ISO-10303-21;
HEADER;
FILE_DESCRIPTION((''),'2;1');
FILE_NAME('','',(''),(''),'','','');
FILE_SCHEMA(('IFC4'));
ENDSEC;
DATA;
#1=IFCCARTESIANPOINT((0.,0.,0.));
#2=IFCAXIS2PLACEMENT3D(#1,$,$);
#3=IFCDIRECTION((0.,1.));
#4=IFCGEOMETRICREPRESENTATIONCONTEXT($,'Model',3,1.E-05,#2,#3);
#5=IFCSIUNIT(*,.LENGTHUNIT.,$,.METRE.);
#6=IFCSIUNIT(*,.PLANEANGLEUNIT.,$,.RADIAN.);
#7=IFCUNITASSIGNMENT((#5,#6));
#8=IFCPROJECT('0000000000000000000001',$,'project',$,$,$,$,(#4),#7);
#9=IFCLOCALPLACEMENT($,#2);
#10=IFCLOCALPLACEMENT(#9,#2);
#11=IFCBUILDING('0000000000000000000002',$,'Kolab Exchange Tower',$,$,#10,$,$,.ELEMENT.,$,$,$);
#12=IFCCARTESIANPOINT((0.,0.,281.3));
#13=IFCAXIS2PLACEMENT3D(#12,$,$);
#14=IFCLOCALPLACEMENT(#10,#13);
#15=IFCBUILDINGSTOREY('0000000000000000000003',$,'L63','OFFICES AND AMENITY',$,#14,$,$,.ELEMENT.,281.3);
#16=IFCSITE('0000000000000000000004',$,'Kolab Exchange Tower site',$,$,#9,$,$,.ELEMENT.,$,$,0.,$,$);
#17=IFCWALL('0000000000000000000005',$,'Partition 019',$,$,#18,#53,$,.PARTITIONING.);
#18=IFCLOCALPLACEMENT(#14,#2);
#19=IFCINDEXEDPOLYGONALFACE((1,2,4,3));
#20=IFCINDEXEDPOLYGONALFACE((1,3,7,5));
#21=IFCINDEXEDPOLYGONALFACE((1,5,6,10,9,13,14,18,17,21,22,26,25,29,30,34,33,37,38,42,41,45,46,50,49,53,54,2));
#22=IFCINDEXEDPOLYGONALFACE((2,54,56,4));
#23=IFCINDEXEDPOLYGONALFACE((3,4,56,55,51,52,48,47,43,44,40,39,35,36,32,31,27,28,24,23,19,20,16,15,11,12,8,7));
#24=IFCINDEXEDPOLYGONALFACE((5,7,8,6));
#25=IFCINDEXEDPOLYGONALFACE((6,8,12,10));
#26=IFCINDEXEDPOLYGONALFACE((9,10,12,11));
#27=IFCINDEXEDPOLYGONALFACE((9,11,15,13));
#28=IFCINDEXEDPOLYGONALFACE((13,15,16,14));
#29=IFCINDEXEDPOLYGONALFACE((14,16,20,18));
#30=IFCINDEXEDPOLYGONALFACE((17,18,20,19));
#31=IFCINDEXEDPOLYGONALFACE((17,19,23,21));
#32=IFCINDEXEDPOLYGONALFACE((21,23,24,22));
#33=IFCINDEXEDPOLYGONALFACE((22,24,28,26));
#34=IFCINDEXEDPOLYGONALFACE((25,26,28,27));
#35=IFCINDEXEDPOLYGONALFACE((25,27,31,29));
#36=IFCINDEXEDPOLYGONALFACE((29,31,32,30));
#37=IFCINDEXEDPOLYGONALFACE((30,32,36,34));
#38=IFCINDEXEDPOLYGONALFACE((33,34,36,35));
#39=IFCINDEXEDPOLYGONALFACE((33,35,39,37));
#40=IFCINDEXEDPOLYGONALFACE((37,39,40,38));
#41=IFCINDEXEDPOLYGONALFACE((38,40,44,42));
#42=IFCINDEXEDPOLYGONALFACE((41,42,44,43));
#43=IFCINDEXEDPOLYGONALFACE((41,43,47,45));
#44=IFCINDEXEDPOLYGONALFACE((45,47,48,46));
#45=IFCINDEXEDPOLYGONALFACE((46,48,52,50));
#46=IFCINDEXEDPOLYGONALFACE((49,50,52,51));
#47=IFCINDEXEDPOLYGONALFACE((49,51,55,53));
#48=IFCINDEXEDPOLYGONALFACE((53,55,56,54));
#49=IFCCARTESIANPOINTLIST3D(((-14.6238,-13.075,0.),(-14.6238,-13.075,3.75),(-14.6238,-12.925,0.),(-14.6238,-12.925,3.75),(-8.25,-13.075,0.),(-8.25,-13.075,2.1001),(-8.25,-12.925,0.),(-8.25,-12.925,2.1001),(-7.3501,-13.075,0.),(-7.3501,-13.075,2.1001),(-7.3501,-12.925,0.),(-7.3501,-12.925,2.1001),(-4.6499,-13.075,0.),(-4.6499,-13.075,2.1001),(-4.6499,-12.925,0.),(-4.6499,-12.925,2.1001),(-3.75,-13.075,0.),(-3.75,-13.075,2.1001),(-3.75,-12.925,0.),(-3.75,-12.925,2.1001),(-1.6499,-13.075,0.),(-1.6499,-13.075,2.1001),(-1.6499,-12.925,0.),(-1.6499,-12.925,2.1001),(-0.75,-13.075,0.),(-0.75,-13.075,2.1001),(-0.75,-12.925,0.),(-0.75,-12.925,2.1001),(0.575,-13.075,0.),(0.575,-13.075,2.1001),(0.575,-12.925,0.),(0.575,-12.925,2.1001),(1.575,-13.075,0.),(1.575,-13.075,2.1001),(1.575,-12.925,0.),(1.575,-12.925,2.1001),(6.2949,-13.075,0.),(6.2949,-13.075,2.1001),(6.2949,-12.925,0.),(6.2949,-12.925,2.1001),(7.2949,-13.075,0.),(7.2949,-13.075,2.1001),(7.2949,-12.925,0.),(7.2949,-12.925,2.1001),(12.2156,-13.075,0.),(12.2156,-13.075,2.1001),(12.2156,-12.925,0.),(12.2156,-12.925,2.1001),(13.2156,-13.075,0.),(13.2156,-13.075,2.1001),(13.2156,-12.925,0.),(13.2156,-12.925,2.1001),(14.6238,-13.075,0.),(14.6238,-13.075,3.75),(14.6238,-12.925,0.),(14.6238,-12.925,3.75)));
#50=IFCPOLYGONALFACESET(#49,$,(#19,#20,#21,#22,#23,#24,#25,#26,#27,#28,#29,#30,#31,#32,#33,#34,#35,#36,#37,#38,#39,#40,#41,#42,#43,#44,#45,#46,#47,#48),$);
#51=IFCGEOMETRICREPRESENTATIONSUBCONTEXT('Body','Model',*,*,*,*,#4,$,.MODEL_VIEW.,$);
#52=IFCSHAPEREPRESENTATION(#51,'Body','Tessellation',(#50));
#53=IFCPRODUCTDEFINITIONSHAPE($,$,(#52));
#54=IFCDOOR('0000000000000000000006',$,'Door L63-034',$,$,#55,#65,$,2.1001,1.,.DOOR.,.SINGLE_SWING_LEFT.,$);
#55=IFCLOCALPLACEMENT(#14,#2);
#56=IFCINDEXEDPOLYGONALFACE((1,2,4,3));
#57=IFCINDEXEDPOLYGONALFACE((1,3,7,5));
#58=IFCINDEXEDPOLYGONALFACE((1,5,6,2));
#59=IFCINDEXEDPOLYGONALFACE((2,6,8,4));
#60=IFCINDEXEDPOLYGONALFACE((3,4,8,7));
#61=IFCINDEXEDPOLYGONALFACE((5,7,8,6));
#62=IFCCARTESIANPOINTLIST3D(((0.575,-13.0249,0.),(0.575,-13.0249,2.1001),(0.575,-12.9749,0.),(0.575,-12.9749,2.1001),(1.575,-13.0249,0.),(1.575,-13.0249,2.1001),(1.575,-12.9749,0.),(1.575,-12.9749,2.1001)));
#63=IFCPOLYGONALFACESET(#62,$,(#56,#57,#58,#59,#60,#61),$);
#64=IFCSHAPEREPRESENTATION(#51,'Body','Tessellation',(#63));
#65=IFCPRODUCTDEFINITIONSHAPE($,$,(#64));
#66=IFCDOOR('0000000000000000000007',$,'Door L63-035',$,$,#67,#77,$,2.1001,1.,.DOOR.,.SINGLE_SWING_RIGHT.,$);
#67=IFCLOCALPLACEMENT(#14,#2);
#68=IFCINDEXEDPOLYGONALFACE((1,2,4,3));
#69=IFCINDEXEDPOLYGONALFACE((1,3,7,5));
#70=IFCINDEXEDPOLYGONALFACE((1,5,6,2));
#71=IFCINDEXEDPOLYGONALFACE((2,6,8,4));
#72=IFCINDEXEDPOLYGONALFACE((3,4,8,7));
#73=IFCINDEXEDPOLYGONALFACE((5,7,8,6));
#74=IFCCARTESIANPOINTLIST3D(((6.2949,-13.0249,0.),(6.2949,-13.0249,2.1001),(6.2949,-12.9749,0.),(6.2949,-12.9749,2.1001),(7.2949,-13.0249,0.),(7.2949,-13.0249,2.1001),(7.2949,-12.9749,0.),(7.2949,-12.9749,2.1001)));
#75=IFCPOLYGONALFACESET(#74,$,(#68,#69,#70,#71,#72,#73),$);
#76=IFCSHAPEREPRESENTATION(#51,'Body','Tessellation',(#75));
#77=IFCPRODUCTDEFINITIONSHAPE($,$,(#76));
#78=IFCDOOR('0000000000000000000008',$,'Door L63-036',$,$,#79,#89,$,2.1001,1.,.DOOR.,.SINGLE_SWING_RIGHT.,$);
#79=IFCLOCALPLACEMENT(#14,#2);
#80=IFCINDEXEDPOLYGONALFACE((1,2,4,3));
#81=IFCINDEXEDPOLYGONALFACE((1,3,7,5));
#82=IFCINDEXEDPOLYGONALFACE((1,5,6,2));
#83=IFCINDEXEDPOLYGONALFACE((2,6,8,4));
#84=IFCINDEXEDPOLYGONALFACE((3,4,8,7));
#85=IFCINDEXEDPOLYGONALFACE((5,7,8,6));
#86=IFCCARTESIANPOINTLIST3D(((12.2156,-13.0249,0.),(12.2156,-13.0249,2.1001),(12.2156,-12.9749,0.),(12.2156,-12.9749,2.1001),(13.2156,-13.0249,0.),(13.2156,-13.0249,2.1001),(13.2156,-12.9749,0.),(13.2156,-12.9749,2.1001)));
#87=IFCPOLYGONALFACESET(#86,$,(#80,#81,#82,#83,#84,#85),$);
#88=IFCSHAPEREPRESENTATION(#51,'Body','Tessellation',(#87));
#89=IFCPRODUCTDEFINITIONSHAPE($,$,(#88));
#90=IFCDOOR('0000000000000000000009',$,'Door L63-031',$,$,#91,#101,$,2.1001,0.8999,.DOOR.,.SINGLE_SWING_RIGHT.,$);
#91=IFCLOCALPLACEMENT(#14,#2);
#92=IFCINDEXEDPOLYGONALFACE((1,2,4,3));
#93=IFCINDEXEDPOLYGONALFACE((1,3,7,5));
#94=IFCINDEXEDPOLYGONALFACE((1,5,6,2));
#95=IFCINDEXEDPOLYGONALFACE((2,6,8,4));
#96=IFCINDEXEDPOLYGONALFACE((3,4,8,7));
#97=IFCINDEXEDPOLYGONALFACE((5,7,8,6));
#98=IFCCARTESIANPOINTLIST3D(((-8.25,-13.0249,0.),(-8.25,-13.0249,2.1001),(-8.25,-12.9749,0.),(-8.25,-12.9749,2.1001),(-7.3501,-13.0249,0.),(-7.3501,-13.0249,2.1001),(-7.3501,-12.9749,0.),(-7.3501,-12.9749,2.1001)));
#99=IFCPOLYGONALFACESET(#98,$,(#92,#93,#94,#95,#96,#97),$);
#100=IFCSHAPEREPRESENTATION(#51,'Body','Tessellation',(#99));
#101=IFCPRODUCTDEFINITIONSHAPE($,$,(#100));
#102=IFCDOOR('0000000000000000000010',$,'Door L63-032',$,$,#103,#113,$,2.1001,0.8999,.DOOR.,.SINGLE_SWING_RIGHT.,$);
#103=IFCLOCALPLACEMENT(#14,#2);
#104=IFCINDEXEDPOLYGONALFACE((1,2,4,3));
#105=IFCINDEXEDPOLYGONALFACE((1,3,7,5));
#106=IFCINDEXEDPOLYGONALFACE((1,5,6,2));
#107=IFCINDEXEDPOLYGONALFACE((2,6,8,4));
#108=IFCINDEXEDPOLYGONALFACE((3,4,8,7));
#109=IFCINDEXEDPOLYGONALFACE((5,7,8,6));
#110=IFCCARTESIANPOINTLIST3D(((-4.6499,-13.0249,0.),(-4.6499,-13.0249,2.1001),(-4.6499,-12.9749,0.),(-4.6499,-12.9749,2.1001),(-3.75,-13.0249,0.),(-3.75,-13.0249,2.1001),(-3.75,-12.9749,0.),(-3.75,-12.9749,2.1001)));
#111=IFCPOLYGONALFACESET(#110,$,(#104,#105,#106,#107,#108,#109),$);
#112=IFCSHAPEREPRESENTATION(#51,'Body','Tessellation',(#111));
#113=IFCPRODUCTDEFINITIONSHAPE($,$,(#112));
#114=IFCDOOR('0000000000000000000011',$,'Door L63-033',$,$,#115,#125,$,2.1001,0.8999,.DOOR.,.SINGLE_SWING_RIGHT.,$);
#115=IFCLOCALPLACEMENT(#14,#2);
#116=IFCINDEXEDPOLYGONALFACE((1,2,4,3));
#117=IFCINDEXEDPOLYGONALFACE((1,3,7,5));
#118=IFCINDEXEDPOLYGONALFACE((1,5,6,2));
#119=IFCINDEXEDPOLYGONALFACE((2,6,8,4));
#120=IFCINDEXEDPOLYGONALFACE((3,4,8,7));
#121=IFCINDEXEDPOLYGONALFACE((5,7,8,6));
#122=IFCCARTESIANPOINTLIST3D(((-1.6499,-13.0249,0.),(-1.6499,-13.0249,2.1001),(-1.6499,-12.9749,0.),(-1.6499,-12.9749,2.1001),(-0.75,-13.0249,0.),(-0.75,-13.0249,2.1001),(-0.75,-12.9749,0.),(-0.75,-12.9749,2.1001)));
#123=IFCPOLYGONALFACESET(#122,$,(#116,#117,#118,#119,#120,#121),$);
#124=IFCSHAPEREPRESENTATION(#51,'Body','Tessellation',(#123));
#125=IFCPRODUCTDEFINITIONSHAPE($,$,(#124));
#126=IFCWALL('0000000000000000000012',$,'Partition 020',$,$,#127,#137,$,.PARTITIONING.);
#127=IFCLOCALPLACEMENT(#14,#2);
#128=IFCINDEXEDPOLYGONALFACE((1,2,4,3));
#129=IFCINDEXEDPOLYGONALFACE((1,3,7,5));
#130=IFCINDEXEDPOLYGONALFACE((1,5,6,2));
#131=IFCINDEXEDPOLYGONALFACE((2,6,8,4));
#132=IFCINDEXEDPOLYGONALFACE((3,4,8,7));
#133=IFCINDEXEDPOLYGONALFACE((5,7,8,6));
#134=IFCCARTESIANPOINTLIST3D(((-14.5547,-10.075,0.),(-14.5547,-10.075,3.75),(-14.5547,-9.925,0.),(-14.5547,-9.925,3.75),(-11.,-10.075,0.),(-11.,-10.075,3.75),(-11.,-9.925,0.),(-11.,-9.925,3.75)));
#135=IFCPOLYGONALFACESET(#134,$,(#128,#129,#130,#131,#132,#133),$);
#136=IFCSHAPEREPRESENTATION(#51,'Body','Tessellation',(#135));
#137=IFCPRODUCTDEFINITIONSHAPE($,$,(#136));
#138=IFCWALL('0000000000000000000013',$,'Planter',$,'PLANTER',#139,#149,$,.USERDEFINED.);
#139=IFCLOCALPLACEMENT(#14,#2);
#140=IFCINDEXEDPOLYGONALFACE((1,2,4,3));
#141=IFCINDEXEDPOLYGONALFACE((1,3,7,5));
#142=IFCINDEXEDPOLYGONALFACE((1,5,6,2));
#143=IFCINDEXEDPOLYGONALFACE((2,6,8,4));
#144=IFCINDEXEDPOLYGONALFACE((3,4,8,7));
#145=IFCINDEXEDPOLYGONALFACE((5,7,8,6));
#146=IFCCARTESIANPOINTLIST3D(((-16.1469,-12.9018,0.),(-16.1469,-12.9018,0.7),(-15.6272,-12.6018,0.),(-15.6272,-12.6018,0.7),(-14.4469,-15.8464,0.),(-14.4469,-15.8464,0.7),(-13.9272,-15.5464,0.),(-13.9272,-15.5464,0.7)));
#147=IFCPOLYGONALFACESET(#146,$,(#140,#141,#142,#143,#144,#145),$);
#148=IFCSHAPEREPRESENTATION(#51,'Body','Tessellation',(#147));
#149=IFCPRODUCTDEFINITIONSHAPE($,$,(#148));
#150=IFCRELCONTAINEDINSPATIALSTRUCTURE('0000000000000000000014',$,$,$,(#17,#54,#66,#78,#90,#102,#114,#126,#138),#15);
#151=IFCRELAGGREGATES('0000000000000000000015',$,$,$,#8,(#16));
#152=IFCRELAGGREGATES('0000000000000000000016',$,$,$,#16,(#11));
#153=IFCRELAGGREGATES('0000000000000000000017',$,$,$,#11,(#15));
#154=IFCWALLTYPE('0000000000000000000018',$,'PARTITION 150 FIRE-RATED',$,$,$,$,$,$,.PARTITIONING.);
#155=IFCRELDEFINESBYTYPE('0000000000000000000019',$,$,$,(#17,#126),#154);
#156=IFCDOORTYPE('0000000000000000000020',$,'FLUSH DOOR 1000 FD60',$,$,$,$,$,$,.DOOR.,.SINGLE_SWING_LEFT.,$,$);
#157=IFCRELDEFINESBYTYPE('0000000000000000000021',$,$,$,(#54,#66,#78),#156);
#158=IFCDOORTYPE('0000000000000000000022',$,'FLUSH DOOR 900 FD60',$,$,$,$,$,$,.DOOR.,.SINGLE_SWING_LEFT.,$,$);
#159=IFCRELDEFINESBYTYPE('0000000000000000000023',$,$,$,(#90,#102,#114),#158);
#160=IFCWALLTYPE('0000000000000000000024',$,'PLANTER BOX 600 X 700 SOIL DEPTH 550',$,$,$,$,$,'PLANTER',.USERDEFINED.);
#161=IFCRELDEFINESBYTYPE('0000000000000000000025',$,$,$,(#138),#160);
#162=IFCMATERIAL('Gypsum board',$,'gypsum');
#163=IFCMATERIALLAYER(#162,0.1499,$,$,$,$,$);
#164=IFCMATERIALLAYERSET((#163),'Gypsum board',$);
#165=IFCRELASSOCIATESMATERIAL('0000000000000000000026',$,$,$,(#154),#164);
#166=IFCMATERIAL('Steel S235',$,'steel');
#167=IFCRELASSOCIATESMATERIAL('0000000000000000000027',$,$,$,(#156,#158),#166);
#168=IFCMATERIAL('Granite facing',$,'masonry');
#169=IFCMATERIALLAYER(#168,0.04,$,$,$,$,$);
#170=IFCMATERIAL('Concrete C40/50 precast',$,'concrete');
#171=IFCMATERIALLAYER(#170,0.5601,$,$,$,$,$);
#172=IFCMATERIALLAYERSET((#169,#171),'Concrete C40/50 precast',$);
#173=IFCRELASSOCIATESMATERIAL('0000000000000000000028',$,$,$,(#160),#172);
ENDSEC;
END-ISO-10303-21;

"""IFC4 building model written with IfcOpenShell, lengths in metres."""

from ifc_helpers import new_model, si_unit, direction, frame, frame_2d, origin, place, context, subcontext, project, spatial, rectangle, extrude, material, layer, layer_set, type_object, element, fill, save


model = new_model("IFC4")

# Units and contexts
model_context = context("Model", 3, precision=1e-05, world=origin(), true_north=direction((0.0, 1.0)))
body_context = subcontext(model_context, "Body", "Model", "MODEL_VIEW")
ifc_project = project(units=[si_unit("LENGTHUNIT", "METRE"), si_unit("PLANEANGLEUNIT", "RADIAN")], contexts=[model_context])

# Site, building, storey
site_placement = place(None, origin())
site = spatial("IfcSite", under=ifc_project, at=site_placement, Name="Kolab Exchange Tower site", CompositionType="ELEMENT", RefElevation=0.0)
building_placement = place(site_placement, origin())
building = spatial("IfcBuilding", under=site, at=building_placement, Name="Kolab Exchange Tower", CompositionType="ELEMENT")
storey_placement = place(building_placement, frame((0.0, 0.0, 281.3)))
storey = spatial("IfcBuildingStorey", under=building, at=storey_placement, Name="L63", Description="OFFICES AND AMENITY", CompositionType="ELEMENT", Elevation=281.3)

# Wall, openings, doors
ifc_material_1 = material(Name="Gypsum board", Category="gypsum")
ifc_layer_1 = layer(ifc_material_1, 0.1499)
ifc_layer_set_1 = layer_set([ifc_layer_1], Name="Gypsum board")
wall_type_1 = type_object("IfcWallType", Name="PARTITION 150 FIRE-RATED", PredefinedType="PARTITIONING", material=ifc_layer_set_1)
wall_1_placement = place(storey_placement, frame((-14.6238, -13.0, 0.0), z_axis=(0.0, 0.0, 1.0), x_axis=(1.0, 0.0, 0.0)))
wall_1 = element("IfcWall", 1, at=wall_1_placement, inside=storey, type_object=wall_type_1, Name="Partition 019", PredefinedType="PARTITIONING", context=body_context, shape_type="SweptSolid", body=[
    extrude(rectangle(XDim=29.2476, YDim=0.1499, at=frame_2d((14.6238, 0.0))), origin(), (0.0, 0.0, 1.0), 3.75),
])
opening_1_placement = place(wall_1_placement, frame((6.3738, 0.0, 0.0)))
opening_1 = element("IfcOpeningElement", 2, at=opening_1_placement, cuts=wall_1, PredefinedType="OPENING", context=body_context, shape_type="SweptSolid", body=[
    extrude(rectangle(XDim=0.8999, YDim=2.1001, at=frame_2d((0.45, 1.05))), frame((0.0, 0.085, 0.0), z_axis=(0.0, -1.0, 0.0), x_axis=(1.0, 0.0, 0.0)), (0.0, 0.0, 1.0), 0.1699),
])
opening_2_placement = place(wall_1_placement, frame((9.9739, 0.0, 0.0)))
opening_2 = element("IfcOpeningElement", 3, at=opening_2_placement, cuts=wall_1, PredefinedType="OPENING", context=body_context, shape_type="SweptSolid", body=[
    extrude(rectangle(XDim=0.8999, YDim=2.1001, at=frame_2d((0.45, 1.05))), frame((0.0, 0.085, 0.0), z_axis=(0.0, -1.0, 0.0), x_axis=(1.0, 0.0, 0.0)), (0.0, 0.0, 1.0), 0.1699),
])
opening_3_placement = place(wall_1_placement, frame((12.9739, 0.0, 0.0)))
opening_3 = element("IfcOpeningElement", 4, at=opening_3_placement, cuts=wall_1, PredefinedType="OPENING", context=body_context, shape_type="SweptSolid", body=[
    extrude(rectangle(XDim=0.8999, YDim=2.1001, at=frame_2d((0.45, 1.05))), frame((0.0, 0.085, 0.0), z_axis=(0.0, -1.0, 0.0), x_axis=(1.0, 0.0, 0.0)), (0.0, 0.0, 1.0), 0.1699),
])
opening_4_placement = place(wall_1_placement, frame((15.1987, 0.0, 0.0)))
opening_4 = element("IfcOpeningElement", 5, at=opening_4_placement, cuts=wall_1, PredefinedType="OPENING", context=body_context, shape_type="SweptSolid", body=[
    extrude(rectangle(XDim=1.0, YDim=2.1001, at=frame_2d((0.5, 1.05))), frame((0.0, 0.085, 0.0), z_axis=(0.0, -1.0, 0.0), x_axis=(1.0, 0.0, 0.0)), (0.0, 0.0, 1.0), 0.1699),
])
opening_5_placement = place(wall_1_placement, frame((20.9187, 0.0, 0.0)))
opening_5 = element("IfcOpeningElement", 6, at=opening_5_placement, cuts=wall_1, PredefinedType="OPENING", context=body_context, shape_type="SweptSolid", body=[
    extrude(rectangle(XDim=1.0, YDim=2.1001, at=frame_2d((0.5, 1.05))), frame((0.0, 0.085, 0.0), z_axis=(0.0, -1.0, 0.0), x_axis=(1.0, 0.0, 0.0)), (0.0, 0.0, 1.0), 0.1699),
])
opening_6_placement = place(wall_1_placement, frame((26.8394, 0.0, 0.0)))
opening_6 = element("IfcOpeningElement", 7, at=opening_6_placement, cuts=wall_1, PredefinedType="OPENING", context=body_context, shape_type="SweptSolid", body=[
    extrude(rectangle(XDim=1.0, YDim=2.1001, at=frame_2d((0.5, 1.05))), frame((0.0, 0.085, 0.0), z_axis=(0.0, -1.0, 0.0), x_axis=(1.0, 0.0, 0.0)), (0.0, 0.0, 1.0), 0.1699),
])
ifc_material_2 = material(Name="Steel S235", Category="steel")
door_type_1 = type_object("IfcDoorType", Name="FLUSH DOOR 1000 FD60", OperationType="SINGLE_SWING_LEFT", PredefinedType="DOOR", material=ifc_material_2)
door_1_placement = place(opening_4_placement, frame((1.0, 0.0, 0.0), z_axis=(0.0, 0.0, 1.0), x_axis=(-1.0, 0.0, 0.0)))
door_1 = element("IfcDoor", 8, at=door_1_placement, inside=storey, type_object=door_type_1, Name="Door L63-034", OperationType="SINGLE_SWING_LEFT", OverallHeight=2.1001, OverallWidth=1.0, PredefinedType="DOOR", context=body_context, shape_type="SweptSolid", body=[
    extrude(rectangle(XDim=1.0, YDim=2.1001, at=frame_2d((0.5, 1.05))), frame((0.0, 0.0249, 0.0), z_axis=(0.0, -1.0, 0.0), x_axis=(1.0, 0.0, 0.0)), (0.0, 0.0, 1.0), 0.05),
])
fill(opening_4, door_1)
door_2_placement = place(opening_5_placement, frame((1.0, 0.0, 0.0), z_axis=(0.0, 0.0, 1.0), x_axis=(-1.0, 0.0, 0.0)))
door_2 = element("IfcDoor", 9, at=door_2_placement, inside=storey, type_object=door_type_1, Name="Door L63-035", OperationType="SINGLE_SWING_RIGHT", OverallHeight=2.1001, OverallWidth=1.0, PredefinedType="DOOR", context=body_context, shape_type="SweptSolid", body=[
    extrude(rectangle(XDim=1.0, YDim=2.1001, at=frame_2d((0.5, 1.05))), frame((0.0, 0.0249, 0.0), z_axis=(0.0, -1.0, 0.0), x_axis=(1.0, 0.0, 0.0)), (0.0, 0.0, 1.0), 0.05),
])
fill(opening_5, door_2)
door_3_placement = place(opening_6_placement, frame((1.0, 0.0, 0.0), z_axis=(0.0, 0.0, 1.0), x_axis=(-1.0, 0.0, 0.0)))
door_3 = element("IfcDoor", 10, at=door_3_placement, inside=storey, type_object=door_type_1, Name="Door L63-036", OperationType="SINGLE_SWING_RIGHT", OverallHeight=2.1001, OverallWidth=1.0, PredefinedType="DOOR", context=body_context, shape_type="SweptSolid", body=[
    extrude(rectangle(XDim=1.0, YDim=2.1001, at=frame_2d((0.5, 1.05))), frame((0.0, 0.0249, 0.0), z_axis=(0.0, -1.0, 0.0), x_axis=(1.0, 0.0, 0.0)), (0.0, 0.0, 1.0), 0.05),
])
fill(opening_6, door_3)
door_type_2 = type_object("IfcDoorType", Name="FLUSH DOOR 900 FD60", OperationType="SINGLE_SWING_LEFT", PredefinedType="DOOR", material=ifc_material_2)
door_4_placement = place(opening_1_placement, frame((0.8999, 0.0, 0.0), z_axis=(0.0, 0.0, 1.0), x_axis=(-1.0, 0.0, 0.0)))
door_4 = element("IfcDoor", 11, at=door_4_placement, inside=storey, type_object=door_type_2, Name="Door L63-031", OperationType="SINGLE_SWING_RIGHT", OverallHeight=2.1001, OverallWidth=0.8999, PredefinedType="DOOR", context=body_context, shape_type="SweptSolid", body=[
    extrude(rectangle(XDim=0.8999, YDim=2.1001, at=frame_2d((0.45, 1.05))), frame((0.0, 0.0249, 0.0), z_axis=(0.0, -1.0, 0.0), x_axis=(1.0, 0.0, 0.0)), (0.0, 0.0, 1.0), 0.05),
])
fill(opening_1, door_4)
door_5_placement = place(opening_2_placement, frame((0.8999, 0.0, 0.0), z_axis=(0.0, 0.0, 1.0), x_axis=(-1.0, 0.0, 0.0)))
door_5 = element("IfcDoor", 12, at=door_5_placement, inside=storey, type_object=door_type_2, Name="Door L63-032", OperationType="SINGLE_SWING_RIGHT", OverallHeight=2.1001, OverallWidth=0.8999, PredefinedType="DOOR", context=body_context, shape_type="SweptSolid", body=[
    extrude(rectangle(XDim=0.8999, YDim=2.1001, at=frame_2d((0.45, 1.05))), frame((0.0, 0.0249, 0.0), z_axis=(0.0, -1.0, 0.0), x_axis=(1.0, 0.0, 0.0)), (0.0, 0.0, 1.0), 0.05),
])
fill(opening_2, door_5)
door_6_placement = place(opening_3_placement, frame((0.8999, 0.0, 0.0), z_axis=(0.0, 0.0, 1.0), x_axis=(-1.0, 0.0, 0.0)))
door_6 = element("IfcDoor", 13, at=door_6_placement, inside=storey, type_object=door_type_2, Name="Door L63-033", OperationType="SINGLE_SWING_RIGHT", OverallHeight=2.1001, OverallWidth=0.8999, PredefinedType="DOOR", context=body_context, shape_type="SweptSolid", body=[
    extrude(rectangle(XDim=0.8999, YDim=2.1001, at=frame_2d((0.45, 1.05))), frame((0.0, 0.0249, 0.0), z_axis=(0.0, -1.0, 0.0), x_axis=(1.0, 0.0, 0.0)), (0.0, 0.0, 1.0), 0.05),
])
fill(opening_3, door_6)

# Walls
wall_2_placement = place(storey_placement, frame((-14.5547, -10.0, 0.0), z_axis=(0.0, 0.0, 1.0), x_axis=(1.0, 0.0, 0.0)))
element("IfcWall", 14, at=wall_2_placement, inside=storey, type_object=wall_type_1, Name="Partition 020", PredefinedType="PARTITIONING", context=body_context, shape_type="SweptSolid", body=[
    extrude(rectangle(XDim=3.5547, YDim=0.1499, at=frame_2d((1.7773, 0.0))), origin(), (0.0, 0.0, 1.0), 3.75),
])
ifc_material_3 = material(Name="Granite facing", Category="masonry")
ifc_layer_2 = layer(ifc_material_3, 0.04)
ifc_material_4 = material(Name="Concrete C40/50 precast", Category="concrete")
ifc_layer_3 = layer(ifc_material_4, 0.5601)
ifc_layer_set_2 = layer_set([ifc_layer_2, ifc_layer_3], Name="Concrete C40/50 precast")
wall_type_2 = type_object("IfcWallType", Name="PLANTER BOX 600 X 700 SOIL DEPTH 550", ElementType="PLANTER", PredefinedType="USERDEFINED", material=ifc_layer_set_2)
wall_3_placement = place(storey_placement, frame((-14.187, -15.6965, 0.0), z_axis=(0.0, 0.0, 1.0), x_axis=(-0.499977, 0.866039, 0.0)))
element("IfcWall", 15, at=wall_3_placement, inside=storey, type_object=wall_type_2, Name="Planter", ObjectType="PLANTER", PredefinedType="USERDEFINED", context=body_context, shape_type="SweptSolid", body=[
    extrude(rectangle(XDim=3.4001, YDim=0.6001, at=frame_2d((1.7002, 0.0))), origin(), (0.0, 0.0, 1.0), 0.7),
])

save(model, "model.ifc")
